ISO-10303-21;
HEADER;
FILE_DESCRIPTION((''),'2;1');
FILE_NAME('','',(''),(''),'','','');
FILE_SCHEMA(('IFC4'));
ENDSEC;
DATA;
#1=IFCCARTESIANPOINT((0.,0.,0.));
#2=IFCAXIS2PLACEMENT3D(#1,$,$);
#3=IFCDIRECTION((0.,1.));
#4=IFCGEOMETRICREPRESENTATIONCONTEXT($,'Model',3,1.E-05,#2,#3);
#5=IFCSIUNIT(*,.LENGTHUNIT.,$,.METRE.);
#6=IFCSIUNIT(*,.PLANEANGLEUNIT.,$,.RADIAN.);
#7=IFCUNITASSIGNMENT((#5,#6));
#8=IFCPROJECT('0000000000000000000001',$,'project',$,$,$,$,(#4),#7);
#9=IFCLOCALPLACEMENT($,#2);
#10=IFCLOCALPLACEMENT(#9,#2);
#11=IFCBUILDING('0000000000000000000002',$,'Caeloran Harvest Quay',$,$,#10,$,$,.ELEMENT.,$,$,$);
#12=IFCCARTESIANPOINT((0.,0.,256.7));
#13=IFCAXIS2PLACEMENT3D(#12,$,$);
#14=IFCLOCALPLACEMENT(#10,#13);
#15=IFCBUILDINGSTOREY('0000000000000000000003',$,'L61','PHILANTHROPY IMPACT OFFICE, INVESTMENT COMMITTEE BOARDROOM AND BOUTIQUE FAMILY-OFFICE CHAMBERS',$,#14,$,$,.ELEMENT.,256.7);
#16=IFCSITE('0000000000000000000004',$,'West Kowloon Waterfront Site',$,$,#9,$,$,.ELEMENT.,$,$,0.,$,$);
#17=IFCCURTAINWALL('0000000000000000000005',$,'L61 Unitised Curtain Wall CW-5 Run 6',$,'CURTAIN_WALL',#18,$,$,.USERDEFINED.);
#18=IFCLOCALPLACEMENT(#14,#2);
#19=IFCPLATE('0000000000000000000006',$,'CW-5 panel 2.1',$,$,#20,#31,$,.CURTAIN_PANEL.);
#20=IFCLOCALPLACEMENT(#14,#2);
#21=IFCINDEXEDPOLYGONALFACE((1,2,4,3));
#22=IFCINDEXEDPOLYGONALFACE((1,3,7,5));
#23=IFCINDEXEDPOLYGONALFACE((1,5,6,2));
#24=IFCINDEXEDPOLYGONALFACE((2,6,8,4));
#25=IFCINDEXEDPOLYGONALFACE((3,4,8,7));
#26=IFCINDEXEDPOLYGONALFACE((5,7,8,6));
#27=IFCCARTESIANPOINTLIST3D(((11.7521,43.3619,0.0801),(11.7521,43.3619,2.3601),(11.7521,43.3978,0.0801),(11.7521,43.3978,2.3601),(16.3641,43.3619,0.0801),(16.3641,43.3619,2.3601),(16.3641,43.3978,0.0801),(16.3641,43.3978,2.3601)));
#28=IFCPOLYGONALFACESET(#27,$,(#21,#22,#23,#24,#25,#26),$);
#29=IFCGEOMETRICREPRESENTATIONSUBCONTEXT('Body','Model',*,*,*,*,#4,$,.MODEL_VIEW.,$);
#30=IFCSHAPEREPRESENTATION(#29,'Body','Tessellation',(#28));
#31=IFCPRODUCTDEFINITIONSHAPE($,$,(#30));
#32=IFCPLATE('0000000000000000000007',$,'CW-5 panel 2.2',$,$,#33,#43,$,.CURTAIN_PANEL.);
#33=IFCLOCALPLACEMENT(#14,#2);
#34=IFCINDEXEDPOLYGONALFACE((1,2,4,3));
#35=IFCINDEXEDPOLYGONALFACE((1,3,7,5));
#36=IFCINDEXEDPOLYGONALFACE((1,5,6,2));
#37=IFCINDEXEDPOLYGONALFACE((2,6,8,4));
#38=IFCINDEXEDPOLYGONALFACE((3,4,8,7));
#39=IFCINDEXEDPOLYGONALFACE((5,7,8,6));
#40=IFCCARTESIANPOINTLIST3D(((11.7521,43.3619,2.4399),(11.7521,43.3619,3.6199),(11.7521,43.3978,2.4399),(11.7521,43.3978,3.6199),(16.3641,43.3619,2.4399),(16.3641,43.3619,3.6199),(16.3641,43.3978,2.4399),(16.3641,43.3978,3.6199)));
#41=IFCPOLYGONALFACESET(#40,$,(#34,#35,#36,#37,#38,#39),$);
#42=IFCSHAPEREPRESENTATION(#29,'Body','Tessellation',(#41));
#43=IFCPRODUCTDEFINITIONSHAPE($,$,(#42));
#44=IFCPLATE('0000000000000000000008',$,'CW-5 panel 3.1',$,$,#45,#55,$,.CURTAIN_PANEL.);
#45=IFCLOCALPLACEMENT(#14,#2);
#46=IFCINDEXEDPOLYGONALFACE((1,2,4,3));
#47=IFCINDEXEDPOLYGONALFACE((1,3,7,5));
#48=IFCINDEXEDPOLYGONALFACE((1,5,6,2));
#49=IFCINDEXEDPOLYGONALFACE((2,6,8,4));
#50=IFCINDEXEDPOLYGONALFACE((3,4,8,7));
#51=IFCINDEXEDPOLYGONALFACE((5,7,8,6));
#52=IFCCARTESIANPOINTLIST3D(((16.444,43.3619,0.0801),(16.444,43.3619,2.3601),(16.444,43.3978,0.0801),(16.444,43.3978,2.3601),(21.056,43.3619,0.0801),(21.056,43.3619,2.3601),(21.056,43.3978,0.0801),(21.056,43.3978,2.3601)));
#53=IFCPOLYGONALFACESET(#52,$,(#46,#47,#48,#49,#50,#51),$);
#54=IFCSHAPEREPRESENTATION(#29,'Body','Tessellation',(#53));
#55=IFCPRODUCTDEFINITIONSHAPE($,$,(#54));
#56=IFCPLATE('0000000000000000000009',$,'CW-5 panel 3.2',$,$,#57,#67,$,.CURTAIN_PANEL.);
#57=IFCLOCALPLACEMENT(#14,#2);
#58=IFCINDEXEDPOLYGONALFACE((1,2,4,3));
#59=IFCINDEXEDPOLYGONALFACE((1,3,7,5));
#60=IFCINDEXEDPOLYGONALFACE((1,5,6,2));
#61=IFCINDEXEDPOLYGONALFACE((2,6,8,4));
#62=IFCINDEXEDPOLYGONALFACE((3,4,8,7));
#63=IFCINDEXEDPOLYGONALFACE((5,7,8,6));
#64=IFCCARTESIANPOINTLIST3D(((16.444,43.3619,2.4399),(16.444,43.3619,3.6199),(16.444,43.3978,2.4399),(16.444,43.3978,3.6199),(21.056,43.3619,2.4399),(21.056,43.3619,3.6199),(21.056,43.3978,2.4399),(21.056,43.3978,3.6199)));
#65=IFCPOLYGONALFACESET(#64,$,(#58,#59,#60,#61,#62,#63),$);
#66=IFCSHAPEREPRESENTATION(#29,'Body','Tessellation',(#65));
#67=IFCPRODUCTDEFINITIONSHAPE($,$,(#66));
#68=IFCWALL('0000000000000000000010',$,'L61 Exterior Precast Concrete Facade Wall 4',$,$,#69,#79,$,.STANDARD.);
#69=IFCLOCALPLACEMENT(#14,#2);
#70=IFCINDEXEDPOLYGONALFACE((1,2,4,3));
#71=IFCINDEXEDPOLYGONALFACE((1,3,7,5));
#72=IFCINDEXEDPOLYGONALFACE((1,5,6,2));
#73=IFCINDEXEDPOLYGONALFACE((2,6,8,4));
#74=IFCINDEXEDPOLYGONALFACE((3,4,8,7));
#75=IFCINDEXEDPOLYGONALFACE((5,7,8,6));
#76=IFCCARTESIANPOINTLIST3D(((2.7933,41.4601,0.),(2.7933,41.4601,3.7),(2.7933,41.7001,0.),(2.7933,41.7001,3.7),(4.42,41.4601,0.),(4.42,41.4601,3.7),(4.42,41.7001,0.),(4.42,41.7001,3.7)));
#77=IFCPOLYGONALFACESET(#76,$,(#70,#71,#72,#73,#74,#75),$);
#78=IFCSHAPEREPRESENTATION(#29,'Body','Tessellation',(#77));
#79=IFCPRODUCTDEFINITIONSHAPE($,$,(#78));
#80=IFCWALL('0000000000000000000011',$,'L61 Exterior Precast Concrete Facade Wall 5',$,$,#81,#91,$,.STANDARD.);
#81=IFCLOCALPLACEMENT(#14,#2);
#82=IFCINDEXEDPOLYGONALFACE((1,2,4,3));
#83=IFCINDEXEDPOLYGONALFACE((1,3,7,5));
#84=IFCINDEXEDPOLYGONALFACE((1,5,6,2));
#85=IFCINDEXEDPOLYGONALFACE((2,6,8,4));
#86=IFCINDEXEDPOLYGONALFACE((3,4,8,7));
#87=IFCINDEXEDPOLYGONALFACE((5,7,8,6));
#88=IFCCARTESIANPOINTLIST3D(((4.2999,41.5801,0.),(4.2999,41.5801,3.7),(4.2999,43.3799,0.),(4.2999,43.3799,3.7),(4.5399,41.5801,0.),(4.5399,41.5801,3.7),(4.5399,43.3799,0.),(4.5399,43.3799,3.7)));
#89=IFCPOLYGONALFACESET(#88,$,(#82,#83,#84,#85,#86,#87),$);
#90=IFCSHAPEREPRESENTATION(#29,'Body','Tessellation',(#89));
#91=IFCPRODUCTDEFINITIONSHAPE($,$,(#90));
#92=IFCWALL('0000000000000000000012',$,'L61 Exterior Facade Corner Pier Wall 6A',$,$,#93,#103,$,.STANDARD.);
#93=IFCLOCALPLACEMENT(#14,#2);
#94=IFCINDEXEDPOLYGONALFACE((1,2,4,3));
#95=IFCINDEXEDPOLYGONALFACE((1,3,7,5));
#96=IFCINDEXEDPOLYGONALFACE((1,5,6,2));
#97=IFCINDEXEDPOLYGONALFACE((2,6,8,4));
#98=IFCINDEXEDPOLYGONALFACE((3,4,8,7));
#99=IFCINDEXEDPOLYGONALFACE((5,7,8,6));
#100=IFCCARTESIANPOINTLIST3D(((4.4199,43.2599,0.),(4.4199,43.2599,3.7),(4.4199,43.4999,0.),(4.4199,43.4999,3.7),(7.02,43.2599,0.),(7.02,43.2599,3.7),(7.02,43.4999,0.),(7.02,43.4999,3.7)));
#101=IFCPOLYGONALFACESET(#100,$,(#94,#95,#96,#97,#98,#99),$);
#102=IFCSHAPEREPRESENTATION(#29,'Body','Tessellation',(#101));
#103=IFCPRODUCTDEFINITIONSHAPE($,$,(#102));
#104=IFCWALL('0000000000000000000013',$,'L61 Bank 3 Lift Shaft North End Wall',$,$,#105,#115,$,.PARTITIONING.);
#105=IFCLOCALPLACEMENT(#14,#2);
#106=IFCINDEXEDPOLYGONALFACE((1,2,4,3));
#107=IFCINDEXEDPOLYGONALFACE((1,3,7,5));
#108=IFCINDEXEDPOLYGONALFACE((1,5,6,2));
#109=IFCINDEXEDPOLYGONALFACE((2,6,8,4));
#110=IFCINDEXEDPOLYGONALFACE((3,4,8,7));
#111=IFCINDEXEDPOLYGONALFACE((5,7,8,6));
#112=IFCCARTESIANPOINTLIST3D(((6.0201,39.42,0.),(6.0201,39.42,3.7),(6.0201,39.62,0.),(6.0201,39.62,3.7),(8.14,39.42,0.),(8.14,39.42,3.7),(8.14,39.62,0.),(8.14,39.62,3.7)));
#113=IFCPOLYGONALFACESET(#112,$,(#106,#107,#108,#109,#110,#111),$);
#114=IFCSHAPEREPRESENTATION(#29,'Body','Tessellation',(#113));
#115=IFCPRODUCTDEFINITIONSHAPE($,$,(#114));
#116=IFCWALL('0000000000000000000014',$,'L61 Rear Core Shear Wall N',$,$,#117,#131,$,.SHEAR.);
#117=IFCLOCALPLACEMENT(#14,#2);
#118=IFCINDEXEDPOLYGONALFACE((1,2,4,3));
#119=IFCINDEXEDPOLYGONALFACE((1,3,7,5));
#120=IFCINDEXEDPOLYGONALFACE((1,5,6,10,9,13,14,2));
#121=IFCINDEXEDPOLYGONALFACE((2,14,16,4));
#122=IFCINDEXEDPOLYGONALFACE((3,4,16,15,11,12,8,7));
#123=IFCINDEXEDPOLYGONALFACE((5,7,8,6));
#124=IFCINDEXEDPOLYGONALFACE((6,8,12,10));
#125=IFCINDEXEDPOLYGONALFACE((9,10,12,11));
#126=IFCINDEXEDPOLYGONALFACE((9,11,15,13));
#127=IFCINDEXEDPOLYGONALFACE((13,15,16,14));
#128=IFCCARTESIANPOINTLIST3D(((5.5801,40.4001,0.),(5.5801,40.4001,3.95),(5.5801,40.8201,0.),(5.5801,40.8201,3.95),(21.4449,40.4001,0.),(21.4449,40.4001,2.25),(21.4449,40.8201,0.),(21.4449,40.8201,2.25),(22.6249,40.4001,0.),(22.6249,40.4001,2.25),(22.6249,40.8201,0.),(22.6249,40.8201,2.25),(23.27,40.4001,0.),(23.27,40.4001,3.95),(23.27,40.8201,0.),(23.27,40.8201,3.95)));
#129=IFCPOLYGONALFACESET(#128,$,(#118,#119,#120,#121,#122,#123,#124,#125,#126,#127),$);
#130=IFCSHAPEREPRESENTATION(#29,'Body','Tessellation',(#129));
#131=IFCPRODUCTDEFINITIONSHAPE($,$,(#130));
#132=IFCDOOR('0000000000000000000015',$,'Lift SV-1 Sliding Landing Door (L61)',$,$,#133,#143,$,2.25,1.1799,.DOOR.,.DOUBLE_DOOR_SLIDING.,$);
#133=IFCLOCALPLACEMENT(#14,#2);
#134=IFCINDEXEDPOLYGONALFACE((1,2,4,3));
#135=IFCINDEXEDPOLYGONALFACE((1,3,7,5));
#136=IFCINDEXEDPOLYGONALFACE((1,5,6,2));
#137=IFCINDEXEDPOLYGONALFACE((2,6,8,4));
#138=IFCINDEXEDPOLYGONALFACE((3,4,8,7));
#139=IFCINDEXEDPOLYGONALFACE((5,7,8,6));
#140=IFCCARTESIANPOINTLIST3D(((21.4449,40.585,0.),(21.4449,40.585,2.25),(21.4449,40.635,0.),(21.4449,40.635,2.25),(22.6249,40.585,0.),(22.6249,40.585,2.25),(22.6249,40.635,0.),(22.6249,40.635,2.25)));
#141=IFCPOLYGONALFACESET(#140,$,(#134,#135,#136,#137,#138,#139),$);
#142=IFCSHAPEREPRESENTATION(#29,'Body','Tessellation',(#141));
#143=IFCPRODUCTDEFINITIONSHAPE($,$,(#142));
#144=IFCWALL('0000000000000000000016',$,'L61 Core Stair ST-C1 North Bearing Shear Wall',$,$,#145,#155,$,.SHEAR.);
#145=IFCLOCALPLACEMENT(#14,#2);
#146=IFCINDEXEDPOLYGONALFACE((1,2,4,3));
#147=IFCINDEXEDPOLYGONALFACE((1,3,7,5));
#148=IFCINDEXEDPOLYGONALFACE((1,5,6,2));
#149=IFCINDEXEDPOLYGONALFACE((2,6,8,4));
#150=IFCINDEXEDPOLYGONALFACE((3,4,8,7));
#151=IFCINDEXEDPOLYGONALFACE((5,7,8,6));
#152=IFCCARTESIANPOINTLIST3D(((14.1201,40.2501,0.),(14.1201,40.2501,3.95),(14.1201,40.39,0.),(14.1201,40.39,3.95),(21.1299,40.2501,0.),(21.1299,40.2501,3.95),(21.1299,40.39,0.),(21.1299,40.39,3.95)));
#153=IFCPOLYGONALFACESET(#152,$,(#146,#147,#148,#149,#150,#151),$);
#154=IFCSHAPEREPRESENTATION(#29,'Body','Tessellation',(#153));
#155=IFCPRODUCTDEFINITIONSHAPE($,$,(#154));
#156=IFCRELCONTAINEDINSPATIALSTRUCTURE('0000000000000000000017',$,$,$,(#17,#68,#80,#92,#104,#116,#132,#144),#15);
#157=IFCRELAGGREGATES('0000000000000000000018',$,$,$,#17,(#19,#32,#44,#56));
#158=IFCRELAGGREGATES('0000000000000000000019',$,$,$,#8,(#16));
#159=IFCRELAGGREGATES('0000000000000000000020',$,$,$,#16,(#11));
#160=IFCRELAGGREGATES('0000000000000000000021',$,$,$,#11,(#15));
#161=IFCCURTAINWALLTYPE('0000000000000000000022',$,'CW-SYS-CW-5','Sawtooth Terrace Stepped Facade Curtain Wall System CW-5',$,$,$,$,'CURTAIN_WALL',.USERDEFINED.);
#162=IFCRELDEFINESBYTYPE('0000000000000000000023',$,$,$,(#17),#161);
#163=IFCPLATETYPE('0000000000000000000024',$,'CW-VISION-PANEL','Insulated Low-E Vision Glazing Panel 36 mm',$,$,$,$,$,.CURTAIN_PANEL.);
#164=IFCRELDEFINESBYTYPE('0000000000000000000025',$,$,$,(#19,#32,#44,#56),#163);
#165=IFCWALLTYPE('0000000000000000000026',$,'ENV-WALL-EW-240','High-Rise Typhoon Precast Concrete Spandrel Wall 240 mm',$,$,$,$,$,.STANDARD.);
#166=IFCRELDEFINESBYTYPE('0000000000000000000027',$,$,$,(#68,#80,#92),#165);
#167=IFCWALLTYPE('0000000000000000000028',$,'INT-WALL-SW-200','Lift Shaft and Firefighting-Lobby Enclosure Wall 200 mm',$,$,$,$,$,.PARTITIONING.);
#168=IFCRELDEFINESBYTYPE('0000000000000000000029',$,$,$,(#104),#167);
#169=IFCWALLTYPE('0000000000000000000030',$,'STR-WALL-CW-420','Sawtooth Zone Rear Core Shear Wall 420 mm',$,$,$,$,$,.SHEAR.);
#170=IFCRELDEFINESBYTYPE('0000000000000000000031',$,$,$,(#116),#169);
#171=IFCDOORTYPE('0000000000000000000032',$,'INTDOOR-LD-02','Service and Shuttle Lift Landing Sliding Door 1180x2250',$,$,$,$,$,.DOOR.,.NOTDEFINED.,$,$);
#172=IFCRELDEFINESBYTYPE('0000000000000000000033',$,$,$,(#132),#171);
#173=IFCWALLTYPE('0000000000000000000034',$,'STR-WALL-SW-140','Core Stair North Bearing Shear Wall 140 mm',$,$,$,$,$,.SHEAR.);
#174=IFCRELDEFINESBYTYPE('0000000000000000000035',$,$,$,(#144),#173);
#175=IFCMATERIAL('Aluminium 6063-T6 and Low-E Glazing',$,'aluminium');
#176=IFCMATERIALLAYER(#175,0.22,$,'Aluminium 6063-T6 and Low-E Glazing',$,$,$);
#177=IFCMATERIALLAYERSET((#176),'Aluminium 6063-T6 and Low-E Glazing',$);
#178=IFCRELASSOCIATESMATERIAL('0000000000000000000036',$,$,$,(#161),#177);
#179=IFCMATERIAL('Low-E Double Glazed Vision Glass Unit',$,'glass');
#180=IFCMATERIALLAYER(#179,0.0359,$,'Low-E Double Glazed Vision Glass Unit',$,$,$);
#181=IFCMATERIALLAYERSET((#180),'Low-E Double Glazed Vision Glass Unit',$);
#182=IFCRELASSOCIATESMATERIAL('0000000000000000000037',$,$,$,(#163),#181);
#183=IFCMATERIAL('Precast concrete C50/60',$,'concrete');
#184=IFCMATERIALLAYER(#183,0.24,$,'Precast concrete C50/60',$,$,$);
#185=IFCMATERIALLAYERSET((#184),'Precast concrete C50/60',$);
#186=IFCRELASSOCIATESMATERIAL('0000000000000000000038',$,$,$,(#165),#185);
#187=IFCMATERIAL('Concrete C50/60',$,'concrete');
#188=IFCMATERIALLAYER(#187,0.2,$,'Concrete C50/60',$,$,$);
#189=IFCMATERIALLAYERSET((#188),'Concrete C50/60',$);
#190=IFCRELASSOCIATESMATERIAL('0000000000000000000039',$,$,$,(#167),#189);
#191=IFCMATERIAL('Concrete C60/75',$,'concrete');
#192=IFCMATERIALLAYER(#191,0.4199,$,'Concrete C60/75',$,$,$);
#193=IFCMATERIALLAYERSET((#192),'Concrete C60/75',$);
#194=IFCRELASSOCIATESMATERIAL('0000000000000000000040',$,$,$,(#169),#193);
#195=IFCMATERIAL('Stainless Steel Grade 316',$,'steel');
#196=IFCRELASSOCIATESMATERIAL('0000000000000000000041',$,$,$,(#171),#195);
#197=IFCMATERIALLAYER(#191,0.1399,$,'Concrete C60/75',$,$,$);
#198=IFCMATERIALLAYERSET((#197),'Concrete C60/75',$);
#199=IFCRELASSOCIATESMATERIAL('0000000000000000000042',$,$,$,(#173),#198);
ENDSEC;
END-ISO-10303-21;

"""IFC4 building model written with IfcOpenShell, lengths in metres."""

from ifc_helpers import new_model, si_unit, direction, frame, frame_2d, origin, origin_2d, place, context, subcontext, project, spatial, rectangle, extrude, material, layer, layer_set, type_object, element, fill, aggregate, save


model = new_model("IFC4")

# Units and contexts
model_context = context("Model", 3, precision=1e-05, world=origin(), true_north=direction((0.0, 1.0)))
body_context = subcontext(model_context, "Body", "Model", "MODEL_VIEW")
ifc_project = project(units=[si_unit("LENGTHUNIT", "METRE"), si_unit("PLANEANGLEUNIT", "RADIAN")], contexts=[model_context])

# Site, building, storey
site_placement = place(None, origin())
site = spatial("IfcSite", under=ifc_project, at=site_placement, Name="West Kowloon Waterfront Site", CompositionType="ELEMENT", RefElevation=0.0)
building_placement = place(site_placement, origin())
building = spatial("IfcBuilding", under=site, at=building_placement, Name="Caeloran Harvest Quay", CompositionType="ELEMENT")
storey_placement = place(building_placement, frame((0.0, 0.0, 256.7)))
storey = spatial("IfcBuildingStorey", under=building, at=storey_placement, Name="L61", Description="PHILANTHROPY IMPACT OFFICE, INVESTMENT COMMITTEE BOARDROOM AND BOUTIQUE FAMILY-OFFICE CHAMBERS", CompositionType="ELEMENT", Elevation=256.7)

# Curtain wall, plates
ifc_material_1 = material(Name="Aluminium 6063-T6 and Low-E Glazing", Category="aluminium")
ifc_layer_1 = layer(ifc_material_1, 0.22, Name="Aluminium 6063-T6 and Low-E Glazing")
ifc_layer_set_1 = layer_set([ifc_layer_1], Name="Aluminium 6063-T6 and Low-E Glazing")
curtain_wall_type = type_object("IfcCurtainWallType", Name="CW-SYS-CW-5", Description="Sawtooth Terrace Stepped Facade Curtain Wall System CW-5", ElementType="CURTAIN_WALL", PredefinedType="USERDEFINED", material=ifc_layer_set_1)
curtain_wall_placement = place(storey_placement, origin())
curtain_wall = element("IfcCurtainWall", 1, at=curtain_wall_placement, inside=storey, type_object=curtain_wall_type, Name="L61 Unitised Curtain Wall CW-5 Run 6", ObjectType="CURTAIN_WALL", PredefinedType="USERDEFINED")
ifc_material_2 = material(Name="Low-E Double Glazed Vision Glass Unit", Category="glass")
ifc_layer_2 = layer(ifc_material_2, 0.0359, Name="Low-E Double Glazed Vision Glass Unit")
ifc_layer_set_2 = layer_set([ifc_layer_2], Name="Low-E Double Glazed Vision Glass Unit")
plate_type = type_object("IfcPlateType", Name="CW-VISION-PANEL", Description="Insulated Low-E Vision Glazing Panel 36 mm", PredefinedType="CURTAIN_PANEL", material=ifc_layer_set_2)
plate_1_placement = place(storey_placement, frame((14.0581, 43.3799, 0.0801), z_axis=(0.0, 0.0, 1.0), x_axis=(1.0, 0.0, 0.0)))
plate_1 = element("IfcPlate", 2, at=plate_1_placement, type_object=plate_type, Name="CW-5 panel 2.1", PredefinedType="CURTAIN_PANEL", context=body_context, shape_type="SweptSolid", body=[
    extrude(rectangle(XDim=4.6121, YDim=0.0359, at=origin_2d()), origin(), (0.0, 0.0, 1.0), 2.28),
])
plate_2_placement = place(storey_placement, frame((14.0581, 43.3799, 2.4399), z_axis=(0.0, 0.0, 1.0), x_axis=(1.0, 0.0, 0.0)))
plate_2 = element("IfcPlate", 3, at=plate_2_placement, type_object=plate_type, Name="CW-5 panel 2.2", PredefinedType="CURTAIN_PANEL", context=body_context, shape_type="SweptSolid", body=[
    extrude(rectangle(XDim=4.6121, YDim=0.0359, at=origin_2d()), origin(), (0.0, 0.0, 1.0), 1.1799),
])
plate_3_placement = place(storey_placement, frame((18.75, 43.3799, 0.0801), z_axis=(0.0, 0.0, 1.0), x_axis=(1.0, 0.0, 0.0)))
plate_3 = element("IfcPlate", 4, at=plate_3_placement, type_object=plate_type, Name="CW-5 panel 3.1", PredefinedType="CURTAIN_PANEL", context=body_context, shape_type="SweptSolid", body=[
    extrude(rectangle(XDim=4.6121, YDim=0.0359, at=origin_2d()), origin(), (0.0, 0.0, 1.0), 2.28),
])
plate_4_placement = place(storey_placement, frame((18.75, 43.3799, 2.4399), z_axis=(0.0, 0.0, 1.0), x_axis=(1.0, 0.0, 0.0)))
plate_4 = element("IfcPlate", 5, at=plate_4_placement, type_object=plate_type, Name="CW-5 panel 3.2", PredefinedType="CURTAIN_PANEL", context=body_context, shape_type="SweptSolid", body=[
    extrude(rectangle(XDim=4.6121, YDim=0.0359, at=origin_2d()), origin(), (0.0, 0.0, 1.0), 1.1799),
])
aggregate(curtain_wall, [plate_1, plate_2, plate_3, plate_4])

# Walls
ifc_material_3 = material(Name="Precast concrete C50/60", Category="concrete")
ifc_layer_3 = layer(ifc_material_3, 0.24, Name="Precast concrete C50/60")
ifc_layer_set_3 = layer_set([ifc_layer_3], Name="Precast concrete C50/60")
wall_type_1 = type_object("IfcWallType", Name="ENV-WALL-EW-240", Description="High-Rise Typhoon Precast Concrete Spandrel Wall 240 mm", PredefinedType="STANDARD", material=ifc_layer_set_3)
wall_1_placement = place(storey_placement, frame((2.7932, 41.5801, 0.0), z_axis=(0.0, 0.0, 1.0), x_axis=(1.0, 0.0, 0.0)))
element("IfcWall", 6, at=wall_1_placement, inside=storey, type_object=wall_type_1, Name="L61 Exterior Precast Concrete Facade Wall 4", PredefinedType="STANDARD", context=body_context, shape_type="SweptSolid", body=[
    extrude(rectangle(XDim=1.6267, YDim=0.24, at=frame_2d((0.8135, 0.0))), origin(), (0.0, 0.0, 1.0), 3.7),
])
wall_2_placement = place(storey_placement, frame((4.4199, 41.5801, 0.0), z_axis=(0.0, 0.0, 1.0), x_axis=(0.0, 1.0, 0.0)))
element("IfcWall", 7, at=wall_2_placement, inside=storey, type_object=wall_type_1, Name="L61 Exterior Precast Concrete Facade Wall 5", PredefinedType="STANDARD", context=body_context, shape_type="SweptSolid", body=[
    extrude(rectangle(XDim=1.7998, YDim=0.24, at=frame_2d((0.8999, 0.0))), origin(), (0.0, 0.0, 1.0), 3.7),
])
wall_3_placement = place(storey_placement, frame((4.4199, 43.3799, 0.0), z_axis=(0.0, 0.0, 1.0), x_axis=(1.0, 0.0, 0.0)))
element("IfcWall", 8, at=wall_3_placement, inside=storey, type_object=wall_type_1, Name="L61 Exterior Facade Corner Pier Wall 6A", PredefinedType="STANDARD", context=body_context, shape_type="SweptSolid", body=[
    extrude(rectangle(XDim=2.6001, YDim=0.24, at=frame_2d((1.3, 0.0))), origin(), (0.0, 0.0, 1.0), 3.7),
])
ifc_material_4 = material(Name="Concrete C50/60", Category="concrete")
ifc_layer_4 = layer(ifc_material_4, 0.2, Name="Concrete C50/60")
ifc_layer_set_4 = layer_set([ifc_layer_4], Name="Concrete C50/60")
wall_type_2 = type_object("IfcWallType", Name="INT-WALL-SW-200", Description="Lift Shaft and Firefighting-Lobby Enclosure Wall 200 mm", PredefinedType="PARTITIONING", material=ifc_layer_set_4)
wall_4_placement = place(storey_placement, frame((6.02, 39.52, 0.0), z_axis=(0.0, 0.0, 1.0), x_axis=(1.0, 0.0, 0.0)))
element("IfcWall", 9, at=wall_4_placement, inside=storey, type_object=wall_type_2, Name="L61 Bank 3 Lift Shaft North End Wall", PredefinedType="PARTITIONING", context=body_context, shape_type="SweptSolid", body=[
    extrude(rectangle(XDim=2.1199, YDim=0.2, at=frame_2d((1.0601, 0.0))), origin(), (0.0, 0.0, 1.0), 3.7),
])

# Wall, opening, door
ifc_material_5 = material(Name="Concrete C60/75", Category="concrete")
ifc_layer_5 = layer(ifc_material_5, 0.4199, Name="Concrete C60/75")
ifc_layer_set_5 = layer_set([ifc_layer_5], Name="Concrete C60/75")
wall_type_3 = type_object("IfcWallType", Name="STR-WALL-CW-420", Description="Sawtooth Zone Rear Core Shear Wall 420 mm", PredefinedType="SHEAR", material=ifc_layer_set_5)
wall_5_placement = place(storey_placement, frame((5.5801, 40.6101, 0.0), z_axis=(0.0, 0.0, 1.0), x_axis=(1.0, 0.0, 0.0)))
wall_5 = element("IfcWall", 10, at=wall_5_placement, inside=storey, type_object=wall_type_3, Name="L61 Rear Core Shear Wall N", PredefinedType="SHEAR", context=body_context, shape_type="SweptSolid", body=[
    extrude(rectangle(XDim=17.6899, YDim=0.4199, at=frame_2d((8.845, 0.0))), origin(), (0.0, 0.0, 1.0), 3.95),
])
opening_placement = place(wall_5_placement, frame((15.865, 0.0, 0.0)))
opening = element("IfcOpeningElement", 11, at=opening_placement, cuts=wall_5, PredefinedType="OPENING", context=body_context, shape_type="SweptSolid", body=[
    extrude(rectangle(XDim=1.1799, YDim=2.25, at=frame_2d((0.5898, 1.125))), frame((0.0, 0.22, 0.0), z_axis=(0.0, -1.0, 0.0), x_axis=(1.0, 0.0, 0.0)), (0.0, 0.0, 1.0), 0.4399),
])
ifc_material_6 = material(Name="Stainless Steel Grade 316", Category="steel")
door_type = type_object("IfcDoorType", Name="INTDOOR-LD-02", Description="Service and Shuttle Lift Landing Sliding Door 1180x2250", OperationType="NOTDEFINED", PredefinedType="DOOR", material=ifc_material_6)
door_placement = place(opening_placement, origin())
door = element("IfcDoor", 12, at=door_placement, inside=storey, type_object=door_type, Name="Lift SV-1 Sliding Landing Door (L61)", OperationType="DOUBLE_DOOR_SLIDING", OverallHeight=2.25, OverallWidth=1.1799, PredefinedType="DOOR", context=body_context, shape_type="SweptSolid", body=[
    extrude(rectangle(XDim=1.1799, YDim=2.25, at=frame_2d((0.5898, 1.125))), frame((0.0, 0.0249, 0.0), z_axis=(0.0, -1.0, 0.0), x_axis=(1.0, 0.0, 0.0)), (0.0, 0.0, 1.0), 0.05),
])
fill(opening, door)

# Wall
ifc_layer_6 = layer(ifc_material_5, 0.1399, Name="Concrete C60/75")
ifc_layer_set_6 = layer_set([ifc_layer_6], Name="Concrete C60/75")
wall_type_4 = type_object("IfcWallType", Name="STR-WALL-SW-140", Description="Core Stair North Bearing Shear Wall 140 mm", PredefinedType="SHEAR", material=ifc_layer_set_6)
wall_6_placement = place(storey_placement, frame((14.1201, 40.3201, 0.0), z_axis=(0.0, 0.0, 1.0), x_axis=(1.0, 0.0, 0.0)))
element("IfcWall", 13, at=wall_6_placement, inside=storey, type_object=wall_type_4, Name="L61 Core Stair ST-C1 North Bearing Shear Wall", PredefinedType="SHEAR", context=body_context, shape_type="SweptSolid", body=[
    extrude(rectangle(XDim=7.0098, YDim=0.1399, at=frame_2d((3.5049, 0.0))), origin(), (0.0, 0.0, 1.0), 3.95),
])

save(model, "model.ifc")
